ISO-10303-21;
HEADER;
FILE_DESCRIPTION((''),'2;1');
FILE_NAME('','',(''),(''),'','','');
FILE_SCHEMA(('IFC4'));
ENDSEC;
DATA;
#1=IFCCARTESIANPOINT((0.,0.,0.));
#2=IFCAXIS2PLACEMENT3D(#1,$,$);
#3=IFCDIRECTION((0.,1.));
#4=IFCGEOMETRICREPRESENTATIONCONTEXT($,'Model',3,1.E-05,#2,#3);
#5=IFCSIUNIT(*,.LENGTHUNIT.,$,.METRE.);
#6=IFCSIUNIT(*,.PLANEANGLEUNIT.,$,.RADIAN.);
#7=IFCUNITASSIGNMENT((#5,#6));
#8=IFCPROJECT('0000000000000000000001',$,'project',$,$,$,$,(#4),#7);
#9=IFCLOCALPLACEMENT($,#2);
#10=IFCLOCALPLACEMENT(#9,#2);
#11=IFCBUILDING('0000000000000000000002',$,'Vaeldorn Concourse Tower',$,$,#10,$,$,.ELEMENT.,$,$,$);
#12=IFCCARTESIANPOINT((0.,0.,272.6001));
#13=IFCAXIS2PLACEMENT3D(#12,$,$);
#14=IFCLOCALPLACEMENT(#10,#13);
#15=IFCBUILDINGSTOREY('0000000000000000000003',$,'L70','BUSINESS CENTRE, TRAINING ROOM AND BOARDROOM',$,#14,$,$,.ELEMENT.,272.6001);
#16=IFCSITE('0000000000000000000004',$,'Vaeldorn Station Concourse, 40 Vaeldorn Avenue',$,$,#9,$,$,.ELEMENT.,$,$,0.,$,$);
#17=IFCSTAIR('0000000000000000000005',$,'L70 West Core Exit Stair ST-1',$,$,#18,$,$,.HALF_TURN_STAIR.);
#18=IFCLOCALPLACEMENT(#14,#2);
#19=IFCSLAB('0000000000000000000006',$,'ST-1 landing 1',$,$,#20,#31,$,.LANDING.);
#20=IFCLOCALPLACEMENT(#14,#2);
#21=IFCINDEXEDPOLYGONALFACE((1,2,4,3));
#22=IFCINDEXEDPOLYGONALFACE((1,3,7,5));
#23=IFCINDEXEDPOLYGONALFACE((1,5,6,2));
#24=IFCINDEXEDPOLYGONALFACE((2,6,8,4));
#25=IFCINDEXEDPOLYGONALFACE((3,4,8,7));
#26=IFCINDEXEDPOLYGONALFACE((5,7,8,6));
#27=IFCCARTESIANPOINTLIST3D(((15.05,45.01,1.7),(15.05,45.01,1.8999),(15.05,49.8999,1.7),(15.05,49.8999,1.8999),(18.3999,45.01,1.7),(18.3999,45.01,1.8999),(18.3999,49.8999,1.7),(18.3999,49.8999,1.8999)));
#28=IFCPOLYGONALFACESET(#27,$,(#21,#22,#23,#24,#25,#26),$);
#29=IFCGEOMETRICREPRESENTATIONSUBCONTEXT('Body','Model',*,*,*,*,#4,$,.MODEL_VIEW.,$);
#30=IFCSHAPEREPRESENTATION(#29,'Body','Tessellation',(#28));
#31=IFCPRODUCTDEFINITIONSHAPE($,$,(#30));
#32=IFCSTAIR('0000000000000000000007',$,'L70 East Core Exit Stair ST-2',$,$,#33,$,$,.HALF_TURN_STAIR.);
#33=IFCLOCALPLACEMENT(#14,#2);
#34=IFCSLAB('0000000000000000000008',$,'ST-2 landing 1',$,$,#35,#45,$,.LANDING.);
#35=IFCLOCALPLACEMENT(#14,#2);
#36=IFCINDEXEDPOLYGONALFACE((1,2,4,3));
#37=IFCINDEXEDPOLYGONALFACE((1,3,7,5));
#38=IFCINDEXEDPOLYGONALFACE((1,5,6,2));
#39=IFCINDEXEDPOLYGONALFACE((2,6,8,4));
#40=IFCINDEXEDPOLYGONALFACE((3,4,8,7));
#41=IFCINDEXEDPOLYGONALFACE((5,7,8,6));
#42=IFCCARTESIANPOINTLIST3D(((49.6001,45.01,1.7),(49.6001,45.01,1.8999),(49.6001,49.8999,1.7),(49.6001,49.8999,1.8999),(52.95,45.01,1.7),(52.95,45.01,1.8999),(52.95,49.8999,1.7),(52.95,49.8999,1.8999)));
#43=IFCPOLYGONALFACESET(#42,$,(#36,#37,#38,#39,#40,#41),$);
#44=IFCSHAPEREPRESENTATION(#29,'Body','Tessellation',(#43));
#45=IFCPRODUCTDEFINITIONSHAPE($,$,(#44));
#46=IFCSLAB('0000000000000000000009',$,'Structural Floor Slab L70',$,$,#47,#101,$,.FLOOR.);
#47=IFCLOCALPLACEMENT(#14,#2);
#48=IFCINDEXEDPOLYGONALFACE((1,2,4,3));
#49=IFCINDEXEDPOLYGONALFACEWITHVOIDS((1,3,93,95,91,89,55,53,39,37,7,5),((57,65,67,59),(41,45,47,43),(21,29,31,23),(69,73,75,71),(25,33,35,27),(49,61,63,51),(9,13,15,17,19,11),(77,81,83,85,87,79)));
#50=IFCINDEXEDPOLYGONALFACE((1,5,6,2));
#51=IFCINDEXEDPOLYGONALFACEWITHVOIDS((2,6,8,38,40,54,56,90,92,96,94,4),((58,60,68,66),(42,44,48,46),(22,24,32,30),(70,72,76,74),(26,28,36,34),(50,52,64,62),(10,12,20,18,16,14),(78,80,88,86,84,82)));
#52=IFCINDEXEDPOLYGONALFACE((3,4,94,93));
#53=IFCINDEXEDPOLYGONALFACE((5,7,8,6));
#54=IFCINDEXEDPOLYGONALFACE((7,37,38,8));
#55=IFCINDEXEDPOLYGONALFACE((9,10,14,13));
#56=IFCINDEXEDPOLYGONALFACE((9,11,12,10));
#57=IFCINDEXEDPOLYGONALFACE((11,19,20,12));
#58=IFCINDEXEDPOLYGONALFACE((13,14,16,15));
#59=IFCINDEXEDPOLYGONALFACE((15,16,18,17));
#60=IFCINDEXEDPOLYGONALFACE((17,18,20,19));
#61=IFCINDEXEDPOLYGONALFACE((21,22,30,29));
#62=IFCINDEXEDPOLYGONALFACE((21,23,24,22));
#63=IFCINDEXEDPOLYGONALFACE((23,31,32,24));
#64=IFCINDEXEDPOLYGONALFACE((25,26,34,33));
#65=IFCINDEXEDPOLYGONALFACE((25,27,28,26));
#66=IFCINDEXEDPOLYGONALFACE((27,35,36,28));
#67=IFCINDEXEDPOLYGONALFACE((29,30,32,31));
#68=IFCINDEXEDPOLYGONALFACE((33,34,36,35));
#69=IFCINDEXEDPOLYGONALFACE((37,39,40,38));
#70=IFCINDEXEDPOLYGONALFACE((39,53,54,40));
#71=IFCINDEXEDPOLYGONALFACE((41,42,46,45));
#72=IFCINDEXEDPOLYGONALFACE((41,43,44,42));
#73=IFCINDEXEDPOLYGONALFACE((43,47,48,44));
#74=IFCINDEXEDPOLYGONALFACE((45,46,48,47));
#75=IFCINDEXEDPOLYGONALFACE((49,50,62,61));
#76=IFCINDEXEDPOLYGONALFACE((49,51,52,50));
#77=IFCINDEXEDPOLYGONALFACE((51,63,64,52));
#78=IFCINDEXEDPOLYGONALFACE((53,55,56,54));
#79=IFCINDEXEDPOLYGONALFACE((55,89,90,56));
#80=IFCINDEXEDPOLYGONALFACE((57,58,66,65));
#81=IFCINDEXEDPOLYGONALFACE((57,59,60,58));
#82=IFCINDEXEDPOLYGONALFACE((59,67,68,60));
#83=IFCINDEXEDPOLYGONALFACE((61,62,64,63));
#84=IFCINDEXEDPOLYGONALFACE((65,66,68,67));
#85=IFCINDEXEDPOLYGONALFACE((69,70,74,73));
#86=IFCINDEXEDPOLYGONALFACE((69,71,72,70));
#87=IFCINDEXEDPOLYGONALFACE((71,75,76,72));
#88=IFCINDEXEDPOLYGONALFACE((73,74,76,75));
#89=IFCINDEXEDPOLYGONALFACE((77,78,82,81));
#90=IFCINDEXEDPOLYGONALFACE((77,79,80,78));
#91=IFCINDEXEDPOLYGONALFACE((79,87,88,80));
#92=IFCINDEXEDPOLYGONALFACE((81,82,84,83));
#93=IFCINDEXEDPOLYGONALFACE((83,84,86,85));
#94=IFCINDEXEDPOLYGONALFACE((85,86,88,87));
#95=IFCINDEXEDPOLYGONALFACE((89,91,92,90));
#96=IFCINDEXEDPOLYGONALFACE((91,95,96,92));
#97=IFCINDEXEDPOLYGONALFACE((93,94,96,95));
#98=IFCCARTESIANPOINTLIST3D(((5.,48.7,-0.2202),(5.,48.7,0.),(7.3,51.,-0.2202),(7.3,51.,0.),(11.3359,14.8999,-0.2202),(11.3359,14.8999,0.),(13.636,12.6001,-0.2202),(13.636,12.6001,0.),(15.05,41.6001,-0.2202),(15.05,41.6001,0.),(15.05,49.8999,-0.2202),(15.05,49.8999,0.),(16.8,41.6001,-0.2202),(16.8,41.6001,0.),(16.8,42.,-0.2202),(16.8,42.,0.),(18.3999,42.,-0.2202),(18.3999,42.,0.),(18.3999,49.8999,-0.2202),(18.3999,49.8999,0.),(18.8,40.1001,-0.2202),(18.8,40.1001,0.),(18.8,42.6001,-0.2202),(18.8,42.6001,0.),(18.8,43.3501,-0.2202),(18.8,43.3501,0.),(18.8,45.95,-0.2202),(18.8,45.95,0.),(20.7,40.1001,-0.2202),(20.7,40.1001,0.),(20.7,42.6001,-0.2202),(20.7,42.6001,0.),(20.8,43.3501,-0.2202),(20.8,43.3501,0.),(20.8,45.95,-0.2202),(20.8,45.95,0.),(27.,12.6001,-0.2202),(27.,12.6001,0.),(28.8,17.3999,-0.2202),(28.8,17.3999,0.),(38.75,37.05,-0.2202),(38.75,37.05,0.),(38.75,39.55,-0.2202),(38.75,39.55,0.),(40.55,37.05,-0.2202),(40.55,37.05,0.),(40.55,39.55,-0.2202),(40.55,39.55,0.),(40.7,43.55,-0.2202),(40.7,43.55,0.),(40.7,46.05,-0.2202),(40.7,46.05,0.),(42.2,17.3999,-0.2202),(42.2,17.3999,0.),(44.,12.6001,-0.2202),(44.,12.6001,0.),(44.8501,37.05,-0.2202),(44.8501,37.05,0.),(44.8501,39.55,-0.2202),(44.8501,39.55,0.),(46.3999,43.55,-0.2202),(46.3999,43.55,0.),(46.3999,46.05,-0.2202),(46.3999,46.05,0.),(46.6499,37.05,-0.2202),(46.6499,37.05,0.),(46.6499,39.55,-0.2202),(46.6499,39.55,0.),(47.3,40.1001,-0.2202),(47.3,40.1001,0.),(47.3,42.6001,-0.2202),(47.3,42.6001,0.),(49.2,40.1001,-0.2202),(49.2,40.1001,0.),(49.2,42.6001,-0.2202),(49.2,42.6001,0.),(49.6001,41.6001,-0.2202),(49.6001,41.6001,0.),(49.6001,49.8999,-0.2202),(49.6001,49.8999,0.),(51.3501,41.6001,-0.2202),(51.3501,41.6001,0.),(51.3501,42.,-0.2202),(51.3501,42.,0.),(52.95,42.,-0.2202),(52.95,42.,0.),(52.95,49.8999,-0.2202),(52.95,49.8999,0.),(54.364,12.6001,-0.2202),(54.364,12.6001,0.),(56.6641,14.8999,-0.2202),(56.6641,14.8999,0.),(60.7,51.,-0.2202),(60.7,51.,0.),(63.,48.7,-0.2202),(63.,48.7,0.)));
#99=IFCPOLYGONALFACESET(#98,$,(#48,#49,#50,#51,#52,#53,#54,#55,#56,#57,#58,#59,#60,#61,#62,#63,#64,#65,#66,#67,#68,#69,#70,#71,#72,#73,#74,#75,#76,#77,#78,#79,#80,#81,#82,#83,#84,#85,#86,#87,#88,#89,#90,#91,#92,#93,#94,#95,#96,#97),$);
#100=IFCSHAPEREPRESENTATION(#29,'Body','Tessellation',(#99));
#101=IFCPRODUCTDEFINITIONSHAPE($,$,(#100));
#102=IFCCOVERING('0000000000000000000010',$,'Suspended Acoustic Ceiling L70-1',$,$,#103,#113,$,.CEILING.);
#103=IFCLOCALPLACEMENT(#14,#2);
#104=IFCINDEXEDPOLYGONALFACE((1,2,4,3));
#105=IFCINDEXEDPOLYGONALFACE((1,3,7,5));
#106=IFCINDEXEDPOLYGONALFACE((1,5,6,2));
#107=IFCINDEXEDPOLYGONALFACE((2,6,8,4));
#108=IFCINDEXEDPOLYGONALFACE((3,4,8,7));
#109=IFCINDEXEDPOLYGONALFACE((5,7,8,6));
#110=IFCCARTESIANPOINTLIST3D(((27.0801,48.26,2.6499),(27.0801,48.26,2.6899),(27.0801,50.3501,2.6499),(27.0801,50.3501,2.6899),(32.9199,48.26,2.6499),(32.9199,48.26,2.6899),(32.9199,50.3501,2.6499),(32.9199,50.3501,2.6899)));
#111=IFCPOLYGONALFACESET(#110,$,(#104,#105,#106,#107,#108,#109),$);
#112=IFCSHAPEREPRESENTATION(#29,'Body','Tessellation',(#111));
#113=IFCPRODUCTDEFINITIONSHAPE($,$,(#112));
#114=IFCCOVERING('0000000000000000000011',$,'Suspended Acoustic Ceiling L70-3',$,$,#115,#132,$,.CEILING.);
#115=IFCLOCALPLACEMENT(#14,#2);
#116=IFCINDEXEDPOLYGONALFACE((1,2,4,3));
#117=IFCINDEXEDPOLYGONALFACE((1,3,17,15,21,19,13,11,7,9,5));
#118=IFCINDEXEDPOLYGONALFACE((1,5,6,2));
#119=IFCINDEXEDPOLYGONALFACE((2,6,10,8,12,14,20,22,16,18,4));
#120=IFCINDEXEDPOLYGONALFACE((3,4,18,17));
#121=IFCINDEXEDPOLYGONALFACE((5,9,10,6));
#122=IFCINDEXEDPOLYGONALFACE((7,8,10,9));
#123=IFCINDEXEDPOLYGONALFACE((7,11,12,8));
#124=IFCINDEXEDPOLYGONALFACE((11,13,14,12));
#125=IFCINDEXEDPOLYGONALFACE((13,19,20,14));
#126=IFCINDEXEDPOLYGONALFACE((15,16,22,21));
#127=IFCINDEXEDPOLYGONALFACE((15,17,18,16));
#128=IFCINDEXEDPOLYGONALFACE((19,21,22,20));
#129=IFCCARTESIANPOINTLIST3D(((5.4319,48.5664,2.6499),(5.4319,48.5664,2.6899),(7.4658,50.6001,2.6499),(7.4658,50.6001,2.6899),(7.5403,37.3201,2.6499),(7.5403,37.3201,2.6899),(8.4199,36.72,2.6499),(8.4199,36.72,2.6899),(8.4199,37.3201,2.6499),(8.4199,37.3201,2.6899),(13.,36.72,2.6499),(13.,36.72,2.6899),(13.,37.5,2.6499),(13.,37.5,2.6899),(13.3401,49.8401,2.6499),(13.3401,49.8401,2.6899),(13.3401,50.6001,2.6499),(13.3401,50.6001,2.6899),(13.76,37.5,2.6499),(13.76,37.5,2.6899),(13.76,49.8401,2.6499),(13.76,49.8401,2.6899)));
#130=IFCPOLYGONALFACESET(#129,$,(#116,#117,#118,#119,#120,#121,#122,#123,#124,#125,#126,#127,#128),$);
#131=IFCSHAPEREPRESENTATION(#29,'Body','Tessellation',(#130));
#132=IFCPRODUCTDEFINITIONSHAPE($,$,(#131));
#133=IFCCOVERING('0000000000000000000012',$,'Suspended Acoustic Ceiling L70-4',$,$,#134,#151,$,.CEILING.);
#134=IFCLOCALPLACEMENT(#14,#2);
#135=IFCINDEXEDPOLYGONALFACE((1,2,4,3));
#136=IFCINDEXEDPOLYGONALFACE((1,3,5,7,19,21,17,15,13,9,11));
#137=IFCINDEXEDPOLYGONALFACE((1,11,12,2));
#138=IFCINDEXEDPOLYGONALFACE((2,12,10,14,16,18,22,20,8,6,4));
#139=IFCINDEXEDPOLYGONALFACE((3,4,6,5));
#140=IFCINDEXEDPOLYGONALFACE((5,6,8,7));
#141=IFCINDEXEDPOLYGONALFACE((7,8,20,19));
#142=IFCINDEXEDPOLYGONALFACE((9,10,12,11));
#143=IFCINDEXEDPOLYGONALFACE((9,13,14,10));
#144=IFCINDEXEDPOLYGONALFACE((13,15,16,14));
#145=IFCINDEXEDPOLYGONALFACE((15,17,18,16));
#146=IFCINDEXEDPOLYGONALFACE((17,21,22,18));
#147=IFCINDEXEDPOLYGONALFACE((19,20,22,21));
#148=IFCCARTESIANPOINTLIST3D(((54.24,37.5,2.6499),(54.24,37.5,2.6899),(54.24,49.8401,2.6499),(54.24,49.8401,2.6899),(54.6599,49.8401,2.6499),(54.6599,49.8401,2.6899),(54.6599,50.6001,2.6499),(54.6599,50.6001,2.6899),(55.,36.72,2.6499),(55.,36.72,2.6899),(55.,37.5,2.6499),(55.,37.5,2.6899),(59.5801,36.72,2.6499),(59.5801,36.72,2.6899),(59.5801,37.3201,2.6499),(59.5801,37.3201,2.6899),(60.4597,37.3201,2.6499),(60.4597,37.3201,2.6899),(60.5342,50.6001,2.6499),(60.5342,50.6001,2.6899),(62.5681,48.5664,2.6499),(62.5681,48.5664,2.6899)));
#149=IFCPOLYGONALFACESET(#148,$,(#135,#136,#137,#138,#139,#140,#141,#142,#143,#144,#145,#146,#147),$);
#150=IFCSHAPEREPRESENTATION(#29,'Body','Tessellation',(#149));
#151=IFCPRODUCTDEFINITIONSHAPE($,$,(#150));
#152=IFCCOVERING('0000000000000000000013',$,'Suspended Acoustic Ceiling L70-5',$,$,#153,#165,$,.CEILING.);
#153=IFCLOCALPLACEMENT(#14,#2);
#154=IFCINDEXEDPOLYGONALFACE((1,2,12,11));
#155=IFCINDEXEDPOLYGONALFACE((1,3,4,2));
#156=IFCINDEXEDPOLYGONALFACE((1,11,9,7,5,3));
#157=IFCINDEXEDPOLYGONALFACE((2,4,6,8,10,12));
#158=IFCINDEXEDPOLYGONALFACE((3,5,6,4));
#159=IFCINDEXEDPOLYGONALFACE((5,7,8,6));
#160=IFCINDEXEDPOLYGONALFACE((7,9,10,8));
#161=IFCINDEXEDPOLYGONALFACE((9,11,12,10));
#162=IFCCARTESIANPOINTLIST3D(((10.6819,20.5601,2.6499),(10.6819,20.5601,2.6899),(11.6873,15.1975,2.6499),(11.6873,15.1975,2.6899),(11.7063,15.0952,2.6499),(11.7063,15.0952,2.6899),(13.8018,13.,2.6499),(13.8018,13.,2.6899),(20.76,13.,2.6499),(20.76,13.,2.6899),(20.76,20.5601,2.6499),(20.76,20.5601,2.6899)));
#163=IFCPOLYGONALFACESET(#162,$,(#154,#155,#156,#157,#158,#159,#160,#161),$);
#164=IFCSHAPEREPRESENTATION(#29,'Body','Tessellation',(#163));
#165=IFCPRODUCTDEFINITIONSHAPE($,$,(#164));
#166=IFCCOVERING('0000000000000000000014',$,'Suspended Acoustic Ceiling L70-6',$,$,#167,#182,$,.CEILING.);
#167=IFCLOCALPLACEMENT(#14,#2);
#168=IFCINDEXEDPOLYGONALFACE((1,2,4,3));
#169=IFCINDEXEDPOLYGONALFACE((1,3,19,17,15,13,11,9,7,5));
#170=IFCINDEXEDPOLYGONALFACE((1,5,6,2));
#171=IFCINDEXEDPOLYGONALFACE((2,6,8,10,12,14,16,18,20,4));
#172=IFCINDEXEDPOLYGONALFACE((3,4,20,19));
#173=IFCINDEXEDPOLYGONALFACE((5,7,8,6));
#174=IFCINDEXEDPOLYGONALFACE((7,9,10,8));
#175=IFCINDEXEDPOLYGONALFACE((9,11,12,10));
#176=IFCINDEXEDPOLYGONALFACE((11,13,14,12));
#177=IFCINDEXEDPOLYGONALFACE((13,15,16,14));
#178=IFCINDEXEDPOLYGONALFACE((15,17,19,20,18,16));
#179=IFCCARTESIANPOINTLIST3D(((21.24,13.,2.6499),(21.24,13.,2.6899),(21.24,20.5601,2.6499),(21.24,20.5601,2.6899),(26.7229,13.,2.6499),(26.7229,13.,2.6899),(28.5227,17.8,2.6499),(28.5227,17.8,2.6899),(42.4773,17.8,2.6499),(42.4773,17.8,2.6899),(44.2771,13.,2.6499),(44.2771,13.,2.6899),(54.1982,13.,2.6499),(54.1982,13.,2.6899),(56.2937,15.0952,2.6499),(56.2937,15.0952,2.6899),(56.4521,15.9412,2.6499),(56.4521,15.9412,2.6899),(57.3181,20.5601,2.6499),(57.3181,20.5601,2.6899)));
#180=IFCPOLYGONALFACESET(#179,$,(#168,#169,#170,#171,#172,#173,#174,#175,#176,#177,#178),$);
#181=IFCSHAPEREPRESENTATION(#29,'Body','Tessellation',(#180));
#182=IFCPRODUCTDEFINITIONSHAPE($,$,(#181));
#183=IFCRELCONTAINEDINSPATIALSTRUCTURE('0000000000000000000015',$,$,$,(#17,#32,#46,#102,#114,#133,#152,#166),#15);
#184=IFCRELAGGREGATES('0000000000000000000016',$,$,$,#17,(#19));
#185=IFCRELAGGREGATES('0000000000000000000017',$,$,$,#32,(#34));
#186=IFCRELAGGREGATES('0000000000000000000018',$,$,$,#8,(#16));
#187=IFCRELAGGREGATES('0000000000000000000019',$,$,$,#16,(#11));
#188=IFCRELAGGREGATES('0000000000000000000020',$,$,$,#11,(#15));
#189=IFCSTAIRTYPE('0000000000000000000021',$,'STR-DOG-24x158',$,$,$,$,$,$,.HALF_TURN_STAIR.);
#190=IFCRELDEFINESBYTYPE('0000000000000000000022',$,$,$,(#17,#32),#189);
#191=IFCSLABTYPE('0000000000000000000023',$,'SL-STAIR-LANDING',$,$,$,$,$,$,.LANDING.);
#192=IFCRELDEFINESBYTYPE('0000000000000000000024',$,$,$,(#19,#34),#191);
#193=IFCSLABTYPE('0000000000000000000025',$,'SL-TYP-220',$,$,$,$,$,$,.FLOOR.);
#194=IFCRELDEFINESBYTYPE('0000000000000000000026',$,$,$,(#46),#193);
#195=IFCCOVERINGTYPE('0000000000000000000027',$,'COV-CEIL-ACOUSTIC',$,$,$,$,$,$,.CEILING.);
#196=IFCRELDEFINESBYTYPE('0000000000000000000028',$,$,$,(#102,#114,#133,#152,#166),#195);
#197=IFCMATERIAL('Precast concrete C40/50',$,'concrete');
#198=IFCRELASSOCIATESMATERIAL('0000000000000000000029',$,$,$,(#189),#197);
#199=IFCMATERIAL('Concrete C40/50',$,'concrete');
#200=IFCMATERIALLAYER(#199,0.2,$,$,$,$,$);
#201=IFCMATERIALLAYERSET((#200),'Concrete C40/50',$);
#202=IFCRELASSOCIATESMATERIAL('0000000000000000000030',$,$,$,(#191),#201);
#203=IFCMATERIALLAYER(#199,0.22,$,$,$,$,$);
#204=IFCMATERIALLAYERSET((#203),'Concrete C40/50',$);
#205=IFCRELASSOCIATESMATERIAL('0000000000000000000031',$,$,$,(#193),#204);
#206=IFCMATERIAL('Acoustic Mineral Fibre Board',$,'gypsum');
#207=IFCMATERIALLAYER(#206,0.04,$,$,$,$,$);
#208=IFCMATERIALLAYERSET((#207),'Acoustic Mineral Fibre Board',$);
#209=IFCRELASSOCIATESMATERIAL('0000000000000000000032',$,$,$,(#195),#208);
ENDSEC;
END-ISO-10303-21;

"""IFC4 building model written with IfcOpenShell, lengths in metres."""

from ifc_helpers import new_model, si_unit, direction, frame, origin, place, context, subcontext, project, spatial, polyline, outline, extrude, material, layer, layer_set, type_object, element, aggregate, save


model = new_model("IFC4")

# Units and contexts
model_context = context("Model", 3, precision=1e-05, world=origin(), true_north=direction((0.0, 1.0)))
body_context = subcontext(model_context, "Body", "Model", "MODEL_VIEW")
ifc_project = project(units=[si_unit("LENGTHUNIT", "METRE"), si_unit("PLANEANGLEUNIT", "RADIAN")], contexts=[model_context])

# Site, building, storey
site_placement = place(None, origin())
site = spatial("IfcSite", under=ifc_project, at=site_placement, Name="Vaeldorn Station Concourse, 40 Vaeldorn Avenue", CompositionType="ELEMENT", RefElevation=0.0)
building_placement = place(site_placement, origin())
building = spatial("IfcBuilding", under=site, at=building_placement, Name="Vaeldorn Concourse Tower", CompositionType="ELEMENT")
storey_placement = place(building_placement, frame((0.0, 0.0, 272.6001)))
storey = spatial("IfcBuildingStorey", under=building, at=storey_placement, Name="L70", Description="BUSINESS CENTRE, TRAINING ROOM AND BOARDROOM", CompositionType="ELEMENT", Elevation=272.6001)

# Stairs, slabs
ifc_material_1 = material(Name="Precast concrete C40/50", Category="concrete")
stair_type = type_object("IfcStairType", Name="STR-DOG-24x158", PredefinedType="HALF_TURN_STAIR", material=ifc_material_1)
stair_1_placement = place(storey_placement, origin())
stair_1 = element("IfcStair", 1, at=stair_1_placement, inside=storey, type_object=stair_type, Name="L70 West Core Exit Stair ST-1", PredefinedType="HALF_TURN_STAIR")
ifc_material_2 = material(Name="Concrete C40/50", Category="concrete")
ifc_layer_1 = layer(ifc_material_2, 0.2)
ifc_layer_set_1 = layer_set([ifc_layer_1], Name="Concrete C40/50")
slab_type_1 = type_object("IfcSlabType", Name="SL-STAIR-LANDING", PredefinedType="LANDING", material=ifc_layer_set_1)
slab_1_placement = place(storey_placement, frame((0.0, 0.0, 1.7)))
slab_1 = element("IfcSlab", 2, at=slab_1_placement, type_object=slab_type_1, Name="ST-1 landing 1", PredefinedType="LANDING", context=body_context, shape_type="SweptSolid", body=[
    extrude(outline(polyline([(18.3999, 45.01), (18.3999, 49.8999), (15.05, 49.8999), (15.05, 45.01), (18.3999, 45.01)])), origin(), (0.0, 0.0, 1.0), 0.2),
])
aggregate(stair_1, [slab_1])
stair_2_placement = place(storey_placement, origin())
stair_2 = element("IfcStair", 3, at=stair_2_placement, inside=storey, type_object=stair_type, Name="L70 East Core Exit Stair ST-2", PredefinedType="HALF_TURN_STAIR")
slab_2_placement = place(storey_placement, frame((0.0, 0.0, 1.7)))
slab_2 = element("IfcSlab", 4, at=slab_2_placement, type_object=slab_type_1, Name="ST-2 landing 1", PredefinedType="LANDING", context=body_context, shape_type="SweptSolid", body=[
    extrude(outline(polyline([(52.95, 45.01), (52.95, 49.8999), (49.6001, 49.8999), (49.6001, 45.01), (52.95, 45.01)])), origin(), (0.0, 0.0, 1.0), 0.2),
])
aggregate(stair_2, [slab_2])

# Slab
ifc_layer_2 = layer(ifc_material_2, 0.22)
ifc_layer_set_2 = layer_set([ifc_layer_2], Name="Concrete C40/50")
slab_type_2 = type_object("IfcSlabType", Name="SL-TYP-220", PredefinedType="FLOOR", material=ifc_layer_set_2)
slab_3_placement = place(storey_placement, frame((0.0, 0.0, -0.2202)))
element("IfcSlab", 5, at=slab_3_placement, inside=storey, type_object=slab_type_2, Name="Structural Floor Slab L70", PredefinedType="FLOOR", context=body_context, shape_type="SweptSolid", body=[
    extrude(outline(polyline([(13.636, 12.6001), (27.0, 12.6001), (28.8, 17.3999), (42.2, 17.3999), (44.0, 12.6001), (54.364, 12.6001), (56.6641, 14.8999), (63.0, 48.7), (60.7, 51.0), (7.3, 51.0), (5.0, 48.7), (11.3359, 14.8999), (13.636, 12.6001)]), holes=[polyline([(18.3999, 42.0), (18.3999, 49.8999), (15.05, 49.8999), (15.05, 41.6001), (16.8, 41.6001), (16.8, 42.0), (18.3999, 42.0)]), polyline([(52.95, 42.0), (52.95, 49.8999), (49.6001, 49.8999), (49.6001, 41.6001), (51.3501, 41.6001), (51.3501, 42.0), (52.95, 42.0)]), polyline([(38.75, 37.05), (40.55, 37.05), (40.55, 39.55), (38.75, 39.55), (38.75, 37.05)]), polyline([(44.8501, 37.05), (46.6499, 37.05), (46.6499, 39.55), (44.8501, 39.55), (44.8501, 37.05)]), polyline([(40.7, 43.55), (46.3999, 43.55), (46.3999, 46.05), (40.7, 46.05), (40.7, 43.55)]), polyline([(18.8, 43.3501), (20.8, 43.3501), (20.8, 45.95), (18.8, 45.95), (18.8, 43.3501)]), polyline([(18.8, 40.1001), (20.7, 40.1001), (20.7, 42.6001), (18.8, 42.6001), (18.8, 40.1001)]), polyline([(47.3, 40.1001), (49.2, 40.1001), (49.2, 42.6001), (47.3, 42.6001), (47.3, 40.1001)])]), origin(), (0.0, 0.0, 1.0), 0.2202),
])

# Coverings
ifc_material_3 = material(Name="Acoustic Mineral Fibre Board", Category="gypsum")
ifc_layer_3 = layer(ifc_material_3, 0.04)
ifc_layer_set_3 = layer_set([ifc_layer_3], Name="Acoustic Mineral Fibre Board")
covering_type_1 = type_object("IfcCoveringType", Name="COV-CEIL-ACOUSTIC", PredefinedType="CEILING", material=ifc_layer_set_3)
covering_1_placement = place(storey_placement, frame((0.0, 0.0, 2.6499)))
element("IfcCovering", 6, at=covering_1_placement, inside=storey, type_object=covering_type_1, Name="Suspended Acoustic Ceiling L70-1", PredefinedType="CEILING", context=body_context, shape_type="SweptSolid", body=[
    extrude(outline(polyline([(27.0801, 48.26), (27.0801, 50.3501), (32.9199, 50.3501), (32.9199, 48.26), (27.0801, 48.26)])), origin(), (0.0, 0.0, 1.0), 0.04),
])
covering_2_placement = place(storey_placement, frame((0.0, 0.0, 2.6499)))
element("IfcCovering", 7, at=covering_2_placement, inside=storey, type_object=covering_type_1, Name="Suspended Acoustic Ceiling L70-3", PredefinedType="CEILING", context=body_context, shape_type="SweptSolid", body=[
    extrude(outline(polyline([(7.4658, 50.6001), (13.3401, 50.6001), (13.3401, 49.8401), (13.76, 49.8401), (13.76, 37.5), (13.0, 37.5), (13.0, 36.72), (8.4199, 36.72), (8.4199, 37.3201), (7.5403, 37.3201), (5.4319, 48.5664), (7.4658, 50.6001)])), origin(), (0.0, 0.0, 1.0), 0.04),
])
covering_3_placement = place(storey_placement, frame((0.0, 0.0, 2.6499)))
element("IfcCovering", 8, at=covering_3_placement, inside=storey, type_object=covering_type_1, Name="Suspended Acoustic Ceiling L70-4", PredefinedType="CEILING", context=body_context, shape_type="SweptSolid", body=[
    extrude(outline(polyline([(54.6599, 49.8401), (54.6599, 50.6001), (60.5342, 50.6001), (62.5681, 48.5664), (60.4597, 37.3201), (59.5801, 37.3201), (59.5801, 36.72), (55.0, 36.72), (55.0, 37.5), (54.24, 37.5), (54.24, 49.8401), (54.6599, 49.8401)])), origin(), (0.0, 0.0, 1.0), 0.04),
])
covering_4_placement = place(storey_placement, frame((0.0, 0.0, 2.6499)))
element("IfcCovering", 9, at=covering_4_placement, inside=storey, type_object=covering_type_1, Name="Suspended Acoustic Ceiling L70-5", PredefinedType="CEILING", context=body_context, shape_type="SweptSolid", body=[
    extrude(outline(polyline([(20.76, 20.5601), (20.76, 13.0), (13.8018, 13.0), (11.7063, 15.0952), (11.6873, 15.1975), (10.6819, 20.5601), (20.76, 20.5601)])), origin(), (0.0, 0.0, 1.0), 0.04),
])
covering_5_placement = place(storey_placement, frame((0.0, 0.0, 2.6499)))
element("IfcCovering", 10, at=covering_5_placement, inside=storey, type_object=covering_type_1, Name="Suspended Acoustic Ceiling L70-6", PredefinedType="CEILING", context=body_context, shape_type="SweptSolid", body=[
    extrude(outline(polyline([(26.7229, 13.0), (21.24, 13.0), (21.24, 20.5601), (57.3181, 20.5601), (56.4521, 15.9412), (56.4521, 15.9412), (56.2937, 15.0952), (54.1982, 13.0), (44.2771, 13.0), (42.4773, 17.8), (28.5227, 17.8), (26.7229, 13.0)])), origin(), (0.0, 0.0, 1.0), 0.04),
])

save(model, "model.ifc")
